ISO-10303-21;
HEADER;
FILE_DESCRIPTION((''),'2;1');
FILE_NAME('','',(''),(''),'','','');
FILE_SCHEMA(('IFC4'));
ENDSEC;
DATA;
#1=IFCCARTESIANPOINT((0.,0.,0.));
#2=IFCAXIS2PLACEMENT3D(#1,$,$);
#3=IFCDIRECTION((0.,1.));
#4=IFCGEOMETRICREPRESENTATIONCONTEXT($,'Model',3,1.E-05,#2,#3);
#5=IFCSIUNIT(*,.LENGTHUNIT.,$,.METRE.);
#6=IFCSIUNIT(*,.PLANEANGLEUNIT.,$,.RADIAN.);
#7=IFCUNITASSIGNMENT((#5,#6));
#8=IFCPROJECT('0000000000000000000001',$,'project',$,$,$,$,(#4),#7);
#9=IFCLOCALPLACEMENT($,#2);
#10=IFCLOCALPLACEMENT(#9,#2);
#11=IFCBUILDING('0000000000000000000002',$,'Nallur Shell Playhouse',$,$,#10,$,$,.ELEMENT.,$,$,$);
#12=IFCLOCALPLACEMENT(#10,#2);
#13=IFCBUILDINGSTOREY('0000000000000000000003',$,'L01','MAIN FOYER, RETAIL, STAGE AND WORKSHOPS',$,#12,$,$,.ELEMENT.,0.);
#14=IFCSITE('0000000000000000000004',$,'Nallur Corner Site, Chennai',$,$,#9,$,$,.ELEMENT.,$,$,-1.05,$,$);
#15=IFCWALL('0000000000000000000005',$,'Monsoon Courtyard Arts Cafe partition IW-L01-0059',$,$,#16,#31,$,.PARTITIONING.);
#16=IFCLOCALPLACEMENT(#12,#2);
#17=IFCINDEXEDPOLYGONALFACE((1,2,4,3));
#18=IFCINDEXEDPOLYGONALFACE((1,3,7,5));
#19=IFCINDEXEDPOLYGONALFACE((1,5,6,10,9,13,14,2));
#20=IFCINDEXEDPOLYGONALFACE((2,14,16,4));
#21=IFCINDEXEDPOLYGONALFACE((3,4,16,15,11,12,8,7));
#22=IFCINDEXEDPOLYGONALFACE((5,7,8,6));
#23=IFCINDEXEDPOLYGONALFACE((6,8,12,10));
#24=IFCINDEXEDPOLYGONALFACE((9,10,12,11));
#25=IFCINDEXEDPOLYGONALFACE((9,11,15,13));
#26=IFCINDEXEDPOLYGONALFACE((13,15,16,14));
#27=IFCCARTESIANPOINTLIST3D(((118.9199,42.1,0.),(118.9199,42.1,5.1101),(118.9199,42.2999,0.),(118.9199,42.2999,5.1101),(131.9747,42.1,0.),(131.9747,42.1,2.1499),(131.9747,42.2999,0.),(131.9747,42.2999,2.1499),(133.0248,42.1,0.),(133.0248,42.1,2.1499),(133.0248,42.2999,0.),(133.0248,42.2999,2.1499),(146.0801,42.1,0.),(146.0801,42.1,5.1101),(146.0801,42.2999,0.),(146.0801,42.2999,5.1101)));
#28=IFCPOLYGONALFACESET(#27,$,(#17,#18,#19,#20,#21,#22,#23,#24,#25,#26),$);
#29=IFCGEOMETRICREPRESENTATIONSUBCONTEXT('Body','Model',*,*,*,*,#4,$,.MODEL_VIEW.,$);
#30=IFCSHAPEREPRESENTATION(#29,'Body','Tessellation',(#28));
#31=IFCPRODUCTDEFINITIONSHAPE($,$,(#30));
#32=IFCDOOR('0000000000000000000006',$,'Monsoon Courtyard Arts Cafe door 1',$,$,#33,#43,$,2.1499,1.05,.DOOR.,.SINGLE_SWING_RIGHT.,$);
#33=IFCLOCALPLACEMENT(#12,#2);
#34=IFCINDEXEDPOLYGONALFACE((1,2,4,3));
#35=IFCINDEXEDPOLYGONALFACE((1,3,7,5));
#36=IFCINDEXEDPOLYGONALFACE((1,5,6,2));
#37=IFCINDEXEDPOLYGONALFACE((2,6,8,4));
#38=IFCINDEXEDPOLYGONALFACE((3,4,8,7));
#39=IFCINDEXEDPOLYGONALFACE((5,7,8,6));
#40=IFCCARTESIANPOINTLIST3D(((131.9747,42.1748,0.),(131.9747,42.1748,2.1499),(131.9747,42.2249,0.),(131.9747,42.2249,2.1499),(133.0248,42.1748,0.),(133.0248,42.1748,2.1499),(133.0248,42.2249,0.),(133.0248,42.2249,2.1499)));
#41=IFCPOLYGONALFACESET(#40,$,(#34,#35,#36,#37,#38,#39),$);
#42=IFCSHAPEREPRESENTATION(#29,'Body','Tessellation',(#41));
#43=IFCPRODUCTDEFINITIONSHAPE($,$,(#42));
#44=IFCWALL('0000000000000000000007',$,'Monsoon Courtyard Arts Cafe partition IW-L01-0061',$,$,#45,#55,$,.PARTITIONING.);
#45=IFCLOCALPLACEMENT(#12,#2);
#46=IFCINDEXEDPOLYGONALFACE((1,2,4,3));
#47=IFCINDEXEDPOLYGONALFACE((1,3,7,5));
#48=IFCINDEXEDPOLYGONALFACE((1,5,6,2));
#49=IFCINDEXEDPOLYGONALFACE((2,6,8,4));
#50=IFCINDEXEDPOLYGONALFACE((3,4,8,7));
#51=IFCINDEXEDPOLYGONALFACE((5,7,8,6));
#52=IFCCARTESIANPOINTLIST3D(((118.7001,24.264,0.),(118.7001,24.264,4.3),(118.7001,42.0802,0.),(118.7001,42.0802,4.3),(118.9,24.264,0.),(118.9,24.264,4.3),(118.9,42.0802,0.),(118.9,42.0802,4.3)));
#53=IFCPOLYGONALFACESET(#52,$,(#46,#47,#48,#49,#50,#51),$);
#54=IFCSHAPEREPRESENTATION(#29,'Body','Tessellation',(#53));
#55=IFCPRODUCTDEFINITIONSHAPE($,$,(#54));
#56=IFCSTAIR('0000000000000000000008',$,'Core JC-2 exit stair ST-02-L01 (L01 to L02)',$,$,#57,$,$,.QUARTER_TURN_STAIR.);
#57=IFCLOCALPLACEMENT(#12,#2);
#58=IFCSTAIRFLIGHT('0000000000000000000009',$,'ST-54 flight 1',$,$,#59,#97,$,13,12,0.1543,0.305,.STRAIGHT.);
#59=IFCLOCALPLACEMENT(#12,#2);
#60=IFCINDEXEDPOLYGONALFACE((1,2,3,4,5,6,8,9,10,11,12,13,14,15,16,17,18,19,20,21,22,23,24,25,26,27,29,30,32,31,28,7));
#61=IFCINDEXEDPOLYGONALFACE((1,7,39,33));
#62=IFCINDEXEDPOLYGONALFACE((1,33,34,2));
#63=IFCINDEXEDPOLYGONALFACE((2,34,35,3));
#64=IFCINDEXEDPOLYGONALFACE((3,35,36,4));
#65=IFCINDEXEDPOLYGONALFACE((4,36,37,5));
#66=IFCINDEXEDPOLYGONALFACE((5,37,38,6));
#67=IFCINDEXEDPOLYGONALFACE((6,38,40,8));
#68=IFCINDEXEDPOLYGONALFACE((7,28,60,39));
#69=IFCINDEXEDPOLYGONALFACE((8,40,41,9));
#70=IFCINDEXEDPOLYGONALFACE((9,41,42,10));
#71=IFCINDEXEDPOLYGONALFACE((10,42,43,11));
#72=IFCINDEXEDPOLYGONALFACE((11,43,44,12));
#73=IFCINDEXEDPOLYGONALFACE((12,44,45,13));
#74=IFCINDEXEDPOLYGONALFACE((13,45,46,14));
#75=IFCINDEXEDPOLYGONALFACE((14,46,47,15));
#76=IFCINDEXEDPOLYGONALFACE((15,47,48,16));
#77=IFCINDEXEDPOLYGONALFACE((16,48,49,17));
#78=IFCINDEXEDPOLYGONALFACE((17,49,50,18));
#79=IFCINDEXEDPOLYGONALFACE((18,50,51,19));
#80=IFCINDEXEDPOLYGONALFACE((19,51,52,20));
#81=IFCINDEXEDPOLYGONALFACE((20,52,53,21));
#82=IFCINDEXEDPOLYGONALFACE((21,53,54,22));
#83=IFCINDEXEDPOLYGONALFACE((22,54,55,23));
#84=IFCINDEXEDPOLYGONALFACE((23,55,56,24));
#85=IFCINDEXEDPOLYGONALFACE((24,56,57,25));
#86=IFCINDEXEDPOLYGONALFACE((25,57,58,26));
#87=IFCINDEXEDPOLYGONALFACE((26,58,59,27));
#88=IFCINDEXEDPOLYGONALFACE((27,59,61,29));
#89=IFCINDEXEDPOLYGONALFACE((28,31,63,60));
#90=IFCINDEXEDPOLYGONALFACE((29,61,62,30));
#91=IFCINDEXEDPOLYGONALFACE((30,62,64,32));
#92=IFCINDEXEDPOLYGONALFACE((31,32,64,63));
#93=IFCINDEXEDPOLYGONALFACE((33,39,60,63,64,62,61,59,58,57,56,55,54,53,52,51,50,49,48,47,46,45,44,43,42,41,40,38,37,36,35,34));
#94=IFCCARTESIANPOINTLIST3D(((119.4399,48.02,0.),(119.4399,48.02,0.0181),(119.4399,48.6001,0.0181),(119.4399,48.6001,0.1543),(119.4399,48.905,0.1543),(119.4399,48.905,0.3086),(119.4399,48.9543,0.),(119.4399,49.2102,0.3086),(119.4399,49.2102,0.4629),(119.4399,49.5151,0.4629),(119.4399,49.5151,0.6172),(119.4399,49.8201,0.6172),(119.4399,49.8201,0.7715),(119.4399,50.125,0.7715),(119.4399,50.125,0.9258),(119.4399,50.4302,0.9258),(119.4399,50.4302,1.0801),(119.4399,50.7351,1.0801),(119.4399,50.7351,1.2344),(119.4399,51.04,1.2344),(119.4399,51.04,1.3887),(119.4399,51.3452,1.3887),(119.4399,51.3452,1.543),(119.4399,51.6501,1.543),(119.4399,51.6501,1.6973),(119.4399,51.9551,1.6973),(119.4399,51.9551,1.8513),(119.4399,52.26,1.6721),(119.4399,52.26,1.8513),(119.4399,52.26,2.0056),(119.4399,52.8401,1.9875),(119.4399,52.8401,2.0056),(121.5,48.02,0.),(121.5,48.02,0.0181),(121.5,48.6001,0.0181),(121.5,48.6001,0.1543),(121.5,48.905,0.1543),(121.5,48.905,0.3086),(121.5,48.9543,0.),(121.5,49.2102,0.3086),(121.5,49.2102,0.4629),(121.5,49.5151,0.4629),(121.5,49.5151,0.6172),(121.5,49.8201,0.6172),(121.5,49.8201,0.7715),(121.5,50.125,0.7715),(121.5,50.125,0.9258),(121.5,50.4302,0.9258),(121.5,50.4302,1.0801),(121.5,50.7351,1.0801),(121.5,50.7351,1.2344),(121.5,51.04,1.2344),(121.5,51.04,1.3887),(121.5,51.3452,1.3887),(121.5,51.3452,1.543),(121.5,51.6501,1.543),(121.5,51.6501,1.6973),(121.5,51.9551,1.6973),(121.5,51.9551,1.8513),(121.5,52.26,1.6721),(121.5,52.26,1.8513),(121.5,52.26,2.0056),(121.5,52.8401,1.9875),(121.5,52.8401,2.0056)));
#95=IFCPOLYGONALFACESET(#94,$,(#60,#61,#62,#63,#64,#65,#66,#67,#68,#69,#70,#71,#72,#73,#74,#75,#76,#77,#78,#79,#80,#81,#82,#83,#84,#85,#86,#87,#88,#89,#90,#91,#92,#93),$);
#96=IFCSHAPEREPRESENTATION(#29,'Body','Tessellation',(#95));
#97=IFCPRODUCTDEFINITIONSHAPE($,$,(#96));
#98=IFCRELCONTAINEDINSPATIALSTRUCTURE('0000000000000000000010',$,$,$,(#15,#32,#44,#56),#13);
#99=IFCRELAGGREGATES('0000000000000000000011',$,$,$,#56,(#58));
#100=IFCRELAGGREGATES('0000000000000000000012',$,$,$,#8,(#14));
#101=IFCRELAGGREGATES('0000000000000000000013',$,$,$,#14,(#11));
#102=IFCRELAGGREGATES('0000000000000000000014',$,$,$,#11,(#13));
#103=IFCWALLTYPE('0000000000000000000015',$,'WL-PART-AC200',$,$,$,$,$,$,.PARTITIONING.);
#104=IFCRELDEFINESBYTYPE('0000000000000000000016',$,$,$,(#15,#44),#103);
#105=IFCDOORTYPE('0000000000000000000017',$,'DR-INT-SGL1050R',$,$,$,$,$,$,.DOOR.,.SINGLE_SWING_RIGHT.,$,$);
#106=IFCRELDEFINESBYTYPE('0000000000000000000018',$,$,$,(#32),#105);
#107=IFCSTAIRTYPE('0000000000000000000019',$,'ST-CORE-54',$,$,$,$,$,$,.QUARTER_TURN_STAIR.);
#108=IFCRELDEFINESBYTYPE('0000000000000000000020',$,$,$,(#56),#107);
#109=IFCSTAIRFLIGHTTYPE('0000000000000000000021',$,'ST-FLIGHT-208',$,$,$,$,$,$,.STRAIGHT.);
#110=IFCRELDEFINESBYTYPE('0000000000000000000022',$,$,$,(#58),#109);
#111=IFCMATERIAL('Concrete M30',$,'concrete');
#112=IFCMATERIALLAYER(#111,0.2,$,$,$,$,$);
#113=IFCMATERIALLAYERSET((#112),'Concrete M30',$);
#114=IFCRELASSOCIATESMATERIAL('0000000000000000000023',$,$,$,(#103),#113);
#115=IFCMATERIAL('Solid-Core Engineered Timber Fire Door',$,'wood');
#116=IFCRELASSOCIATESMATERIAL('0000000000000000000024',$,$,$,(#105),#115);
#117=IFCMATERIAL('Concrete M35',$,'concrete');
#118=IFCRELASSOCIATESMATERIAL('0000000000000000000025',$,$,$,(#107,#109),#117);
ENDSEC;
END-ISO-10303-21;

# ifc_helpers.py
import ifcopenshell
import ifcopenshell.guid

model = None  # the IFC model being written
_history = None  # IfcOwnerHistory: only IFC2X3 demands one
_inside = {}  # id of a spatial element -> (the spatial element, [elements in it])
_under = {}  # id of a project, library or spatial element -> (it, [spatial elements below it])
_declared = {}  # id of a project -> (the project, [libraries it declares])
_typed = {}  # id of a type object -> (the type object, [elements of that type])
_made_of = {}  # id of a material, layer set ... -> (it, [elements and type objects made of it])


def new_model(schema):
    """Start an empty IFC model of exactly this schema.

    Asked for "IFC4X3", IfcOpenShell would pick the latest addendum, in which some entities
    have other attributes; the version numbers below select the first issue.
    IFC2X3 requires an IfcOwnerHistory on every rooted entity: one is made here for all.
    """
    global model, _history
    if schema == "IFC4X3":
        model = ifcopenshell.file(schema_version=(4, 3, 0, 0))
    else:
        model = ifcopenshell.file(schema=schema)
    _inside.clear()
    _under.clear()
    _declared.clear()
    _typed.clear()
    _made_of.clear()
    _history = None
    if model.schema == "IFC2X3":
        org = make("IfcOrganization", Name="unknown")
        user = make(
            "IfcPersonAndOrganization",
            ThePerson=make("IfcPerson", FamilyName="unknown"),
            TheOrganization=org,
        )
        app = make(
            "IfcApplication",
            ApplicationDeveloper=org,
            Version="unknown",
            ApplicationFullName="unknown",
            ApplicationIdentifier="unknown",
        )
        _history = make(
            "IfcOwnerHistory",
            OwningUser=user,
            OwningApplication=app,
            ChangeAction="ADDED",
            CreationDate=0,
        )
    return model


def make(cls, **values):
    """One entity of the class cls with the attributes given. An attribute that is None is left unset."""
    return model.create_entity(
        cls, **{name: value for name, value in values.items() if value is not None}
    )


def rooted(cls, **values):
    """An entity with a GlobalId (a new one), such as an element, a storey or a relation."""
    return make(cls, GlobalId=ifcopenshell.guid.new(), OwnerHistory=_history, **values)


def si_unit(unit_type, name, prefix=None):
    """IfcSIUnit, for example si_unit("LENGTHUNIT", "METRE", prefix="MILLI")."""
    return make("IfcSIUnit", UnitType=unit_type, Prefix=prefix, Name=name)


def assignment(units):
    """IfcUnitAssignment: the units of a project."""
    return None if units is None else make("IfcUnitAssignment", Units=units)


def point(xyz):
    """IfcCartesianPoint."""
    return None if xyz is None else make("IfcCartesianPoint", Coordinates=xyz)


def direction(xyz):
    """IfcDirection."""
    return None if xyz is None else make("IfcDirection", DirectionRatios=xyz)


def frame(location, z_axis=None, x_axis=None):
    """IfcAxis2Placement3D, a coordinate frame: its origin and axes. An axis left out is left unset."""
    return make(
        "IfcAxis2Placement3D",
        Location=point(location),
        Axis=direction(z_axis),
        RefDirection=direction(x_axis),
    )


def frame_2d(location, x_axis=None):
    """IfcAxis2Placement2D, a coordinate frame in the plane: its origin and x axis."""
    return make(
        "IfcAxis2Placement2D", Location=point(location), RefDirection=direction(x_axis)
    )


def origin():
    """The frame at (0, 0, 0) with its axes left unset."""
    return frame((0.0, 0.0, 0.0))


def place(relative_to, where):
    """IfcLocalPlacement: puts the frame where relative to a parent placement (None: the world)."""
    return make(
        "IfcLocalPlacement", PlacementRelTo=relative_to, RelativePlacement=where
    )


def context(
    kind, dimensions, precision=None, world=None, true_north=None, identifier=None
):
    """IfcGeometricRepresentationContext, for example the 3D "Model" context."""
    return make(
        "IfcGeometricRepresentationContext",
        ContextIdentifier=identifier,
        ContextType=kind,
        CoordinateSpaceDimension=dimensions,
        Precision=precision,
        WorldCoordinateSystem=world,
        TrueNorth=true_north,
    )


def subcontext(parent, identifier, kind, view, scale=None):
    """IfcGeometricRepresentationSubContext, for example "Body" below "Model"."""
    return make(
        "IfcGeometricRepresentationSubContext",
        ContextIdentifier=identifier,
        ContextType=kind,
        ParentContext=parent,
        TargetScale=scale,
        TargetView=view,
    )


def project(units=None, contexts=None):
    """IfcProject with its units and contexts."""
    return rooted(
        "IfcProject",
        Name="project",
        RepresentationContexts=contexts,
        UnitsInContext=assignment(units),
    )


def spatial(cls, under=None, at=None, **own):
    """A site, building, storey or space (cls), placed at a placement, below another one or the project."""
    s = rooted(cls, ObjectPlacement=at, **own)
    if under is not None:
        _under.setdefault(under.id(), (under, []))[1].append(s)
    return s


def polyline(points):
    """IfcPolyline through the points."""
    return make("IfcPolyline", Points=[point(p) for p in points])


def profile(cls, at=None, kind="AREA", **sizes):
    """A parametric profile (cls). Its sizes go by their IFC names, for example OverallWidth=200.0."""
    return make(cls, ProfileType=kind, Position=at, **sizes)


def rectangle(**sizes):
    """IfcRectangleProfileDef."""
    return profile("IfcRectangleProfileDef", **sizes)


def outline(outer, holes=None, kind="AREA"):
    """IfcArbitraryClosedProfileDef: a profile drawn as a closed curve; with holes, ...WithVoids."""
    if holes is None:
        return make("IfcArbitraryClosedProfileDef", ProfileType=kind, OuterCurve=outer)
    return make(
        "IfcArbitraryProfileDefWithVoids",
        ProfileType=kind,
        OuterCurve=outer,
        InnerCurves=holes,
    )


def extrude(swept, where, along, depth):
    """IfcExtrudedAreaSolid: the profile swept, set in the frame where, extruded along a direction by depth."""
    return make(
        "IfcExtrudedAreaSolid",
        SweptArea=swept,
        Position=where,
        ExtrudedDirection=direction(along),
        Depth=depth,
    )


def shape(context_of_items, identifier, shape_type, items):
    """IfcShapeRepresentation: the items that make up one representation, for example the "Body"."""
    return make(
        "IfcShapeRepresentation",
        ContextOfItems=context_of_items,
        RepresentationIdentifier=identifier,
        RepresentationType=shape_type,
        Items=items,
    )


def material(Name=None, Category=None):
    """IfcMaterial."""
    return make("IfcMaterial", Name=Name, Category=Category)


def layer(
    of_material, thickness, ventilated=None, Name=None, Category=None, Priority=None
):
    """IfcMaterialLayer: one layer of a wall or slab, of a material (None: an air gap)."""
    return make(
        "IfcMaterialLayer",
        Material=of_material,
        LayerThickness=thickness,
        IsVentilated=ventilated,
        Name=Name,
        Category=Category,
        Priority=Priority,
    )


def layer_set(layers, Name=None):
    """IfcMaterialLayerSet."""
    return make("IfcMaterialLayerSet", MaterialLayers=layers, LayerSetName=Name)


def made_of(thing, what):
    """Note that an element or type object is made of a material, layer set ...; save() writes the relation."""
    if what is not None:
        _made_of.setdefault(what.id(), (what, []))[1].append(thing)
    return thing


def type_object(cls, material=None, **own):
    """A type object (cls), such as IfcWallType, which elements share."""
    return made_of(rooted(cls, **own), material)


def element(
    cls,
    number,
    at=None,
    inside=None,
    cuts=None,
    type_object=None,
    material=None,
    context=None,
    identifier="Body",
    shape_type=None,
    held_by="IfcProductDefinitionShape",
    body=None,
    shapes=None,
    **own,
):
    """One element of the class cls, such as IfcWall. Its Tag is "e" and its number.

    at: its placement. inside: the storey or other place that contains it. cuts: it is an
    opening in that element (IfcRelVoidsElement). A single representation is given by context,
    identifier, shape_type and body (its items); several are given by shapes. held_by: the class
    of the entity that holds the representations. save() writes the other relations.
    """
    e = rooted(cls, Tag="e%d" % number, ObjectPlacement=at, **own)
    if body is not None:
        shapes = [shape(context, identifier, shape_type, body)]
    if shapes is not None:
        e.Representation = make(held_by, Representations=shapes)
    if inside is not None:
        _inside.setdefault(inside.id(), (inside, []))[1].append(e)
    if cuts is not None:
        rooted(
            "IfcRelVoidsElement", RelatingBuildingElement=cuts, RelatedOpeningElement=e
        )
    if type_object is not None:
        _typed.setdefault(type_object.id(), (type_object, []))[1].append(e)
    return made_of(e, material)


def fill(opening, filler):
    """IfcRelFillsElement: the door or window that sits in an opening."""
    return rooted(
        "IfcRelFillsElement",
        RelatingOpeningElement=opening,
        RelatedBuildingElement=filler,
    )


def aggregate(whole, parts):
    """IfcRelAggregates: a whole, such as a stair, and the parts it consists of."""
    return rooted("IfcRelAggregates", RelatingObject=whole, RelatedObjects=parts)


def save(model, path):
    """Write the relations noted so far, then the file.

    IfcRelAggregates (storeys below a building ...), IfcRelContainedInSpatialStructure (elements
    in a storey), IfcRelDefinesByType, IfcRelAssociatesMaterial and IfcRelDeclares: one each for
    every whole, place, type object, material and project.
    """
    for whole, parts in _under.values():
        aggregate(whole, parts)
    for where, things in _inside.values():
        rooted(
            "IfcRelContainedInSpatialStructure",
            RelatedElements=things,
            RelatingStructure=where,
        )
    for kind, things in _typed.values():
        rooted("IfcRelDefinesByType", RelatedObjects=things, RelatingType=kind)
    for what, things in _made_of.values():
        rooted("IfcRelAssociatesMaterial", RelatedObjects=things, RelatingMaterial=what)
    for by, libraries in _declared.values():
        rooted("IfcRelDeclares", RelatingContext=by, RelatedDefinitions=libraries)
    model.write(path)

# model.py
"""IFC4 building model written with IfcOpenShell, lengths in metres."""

from ifc_helpers import new_model, si_unit, direction, frame, frame_2d, origin, place, context, subcontext, project, spatial, polyline, rectangle, outline, extrude, material, layer, layer_set, type_object, element, fill, aggregate, save


model = new_model("IFC4")

# Units and contexts
model_context = context("Model", 3, precision=1e-05, world=origin(), true_north=direction((0.0, 1.0)))
body_context = subcontext(model_context, "Body", "Model", "MODEL_VIEW")
ifc_project = project(units=[si_unit("LENGTHUNIT", "METRE"), si_unit("PLANEANGLEUNIT", "RADIAN")], contexts=[model_context])

# Site, building, storey
site_placement = place(None, origin())
site = spatial("IfcSite", under=ifc_project, at=site_placement, Name="Nallur Corner Site, Chennai", CompositionType="ELEMENT", RefElevation=-1.05)
building_placement = place(site_placement, origin())
building = spatial("IfcBuilding", under=site, at=building_placement, Name="Nallur Shell Playhouse", CompositionType="ELEMENT")
storey_placement = place(building_placement, origin())
storey = spatial("IfcBuildingStorey", under=building, at=storey_placement, Name="L01", Description="MAIN FOYER, RETAIL, STAGE AND WORKSHOPS", CompositionType="ELEMENT", Elevation=0.0)

# Shared definitions
ifc_material_1 = material(Name="Concrete M35", Category="concrete")

# Shared definitions
ifc_material_2 = material(Name="Concrete M30", Category="concrete")

# Wall, opening, door
ifc_layer_1 = layer(ifc_material_2, 0.2)
ifc_layer_set_1 = layer_set([ifc_layer_1], Name="Concrete M30")
wall_type_1 = type_object("IfcWallType", Name="WL-PART-AC200", PredefinedType="PARTITIONING", material=ifc_layer_set_1)
wall_1_placement = place(storey_placement, frame((118.9199, 42.2, 0.0), z_axis=(0.0, 0.0, 1.0), x_axis=(1.0, 0.0, 0.0)))
wall_1 = element("IfcWall", 1, at=wall_1_placement, inside=storey, type_object=wall_type_1, Name="Monsoon Courtyard Arts Cafe partition IW-L01-0059", PredefinedType="PARTITIONING", context=body_context, shape_type="SweptSolid", body=[
    extrude(rectangle(XDim=27.1602, YDim=0.2, at=frame_2d((13.5801, 0.0))), origin(), (0.0, 0.0, 1.0), 5.1101),
])
opening_1_placement = place(wall_1_placement, frame((13.0549, 0.0, 0.0)))
opening_1 = element("IfcOpeningElement", 2, at=opening_1_placement, cuts=wall_1, PredefinedType="OPENING", context=body_context, shape_type="SweptSolid", body=[
    extrude(rectangle(XDim=1.05, YDim=2.1499, at=frame_2d((0.5249, 1.075))), frame((0.0, 0.1099, 0.0), z_axis=(0.0, -1.0, 0.0), x_axis=(1.0, 0.0, 0.0)), (0.0, 0.0, 1.0), 0.22),
])
ifc_material_3 = material(Name="Solid-Core Engineered Timber Fire Door", Category="wood")
door_type_1 = type_object("IfcDoorType", Name="DR-INT-SGL1050R", OperationType="SINGLE_SWING_RIGHT", PredefinedType="DOOR", material=ifc_material_3)
door_1_placement = place(opening_1_placement, origin())
door_1 = element("IfcDoor", 3, at=door_1_placement, inside=storey, type_object=door_type_1, Name="Monsoon Courtyard Arts Cafe door 1", OperationType="SINGLE_SWING_RIGHT", OverallHeight=2.1499, OverallWidth=1.05, PredefinedType="DOOR", context=body_context, shape_type="SweptSolid", body=[
    extrude(rectangle(XDim=1.05, YDim=2.1499, at=frame_2d((0.5249, 1.075))), frame((0.0, 0.0249, 0.0), z_axis=(0.0, -1.0, 0.0), x_axis=(1.0, 0.0, 0.0)), (0.0, 0.0, 1.0), 0.05),
])
fill(opening_1, door_1)

# Wall
wall_2_placement = place(storey_placement, frame((118.8, 24.2639, 0.0), z_axis=(0.0, 0.0, 1.0), x_axis=(0.0, 1.0, 0.0)))
element("IfcWall", 4, at=wall_2_placement, inside=storey, type_object=wall_type_1, Name="Monsoon Courtyard Arts Cafe partition IW-L01-0061", PredefinedType="PARTITIONING", context=body_context, shape_type="SweptSolid", body=[
    extrude(rectangle(XDim=17.8162, YDim=0.2, at=frame_2d((8.9082, 0.0))), origin(), (0.0, 0.0, 1.0), 4.3),
])

# Stair, stair flight
stair_type = type_object("IfcStairType", Name="ST-CORE-54", PredefinedType="QUARTER_TURN_STAIR", material=ifc_material_1)
stair_placement = place(storey_placement, origin())
stair = element("IfcStair", 5, at=stair_placement, inside=storey, type_object=stair_type, Name="Core JC-2 exit stair ST-02-L01 (L01 to L02)", PredefinedType="QUARTER_TURN_STAIR")
stair_flight_type = type_object("IfcStairFlightType", Name="ST-FLIGHT-208", PredefinedType="STRAIGHT", material=ifc_material_1)
stair_flight_placement = place(storey_placement, frame((120.47, 48.6001, 0.0), z_axis=(0.0, 0.0, 1.0), x_axis=(0.0, 1.0, 0.0)))
stair_flight = element("IfcStairFlight", 6, at=stair_flight_placement, type_object=stair_flight_type, Name="ST-54 flight 1", NumberOfRisers=13, NumberOfTreads=12, PredefinedType="STRAIGHT", RiserHeight=0.1543, TreadLength=0.305, context=body_context, shape_type="SweptSolid", body=[
    extrude(outline(polyline([(-0.5801, 0.0), (-0.5801, 0.0181), (0.0, 0.0181), (0.0, 0.1543), (0.3049, 0.1543), (0.3049, 0.3086), (0.6101, 0.3086), (0.6101, 0.4629), (0.915, 0.4629), (0.915, 0.6172), (1.22, 0.6172), (1.22, 0.7715), (1.5249, 0.7715), (1.5249, 0.9258), (1.8301, 0.9258), (1.8301, 1.0801), (2.135, 1.0801), (2.135, 1.2344), (2.4399, 1.2344), (2.4399, 1.3887), (2.7451, 1.3887), (2.7451, 1.543), (3.05, 1.543), (3.05, 1.6973), (3.355, 1.6973), (3.355, 1.8513), (3.6599, 1.8513), (3.6599, 2.0056), (4.24, 2.0056), (4.24, 1.9875), (3.6599, 1.6721), (0.3542, 0.0), (-0.5801, 0.0)])), frame((0.0, 1.03, 0.0), z_axis=(0.0, -1.0, 0.0), x_axis=(1.0, 0.0, 0.0)), (0.0, 0.0, 1.0), 2.0601),
])
aggregate(stair, [stair_flight])

save(model, "model.ifc")
